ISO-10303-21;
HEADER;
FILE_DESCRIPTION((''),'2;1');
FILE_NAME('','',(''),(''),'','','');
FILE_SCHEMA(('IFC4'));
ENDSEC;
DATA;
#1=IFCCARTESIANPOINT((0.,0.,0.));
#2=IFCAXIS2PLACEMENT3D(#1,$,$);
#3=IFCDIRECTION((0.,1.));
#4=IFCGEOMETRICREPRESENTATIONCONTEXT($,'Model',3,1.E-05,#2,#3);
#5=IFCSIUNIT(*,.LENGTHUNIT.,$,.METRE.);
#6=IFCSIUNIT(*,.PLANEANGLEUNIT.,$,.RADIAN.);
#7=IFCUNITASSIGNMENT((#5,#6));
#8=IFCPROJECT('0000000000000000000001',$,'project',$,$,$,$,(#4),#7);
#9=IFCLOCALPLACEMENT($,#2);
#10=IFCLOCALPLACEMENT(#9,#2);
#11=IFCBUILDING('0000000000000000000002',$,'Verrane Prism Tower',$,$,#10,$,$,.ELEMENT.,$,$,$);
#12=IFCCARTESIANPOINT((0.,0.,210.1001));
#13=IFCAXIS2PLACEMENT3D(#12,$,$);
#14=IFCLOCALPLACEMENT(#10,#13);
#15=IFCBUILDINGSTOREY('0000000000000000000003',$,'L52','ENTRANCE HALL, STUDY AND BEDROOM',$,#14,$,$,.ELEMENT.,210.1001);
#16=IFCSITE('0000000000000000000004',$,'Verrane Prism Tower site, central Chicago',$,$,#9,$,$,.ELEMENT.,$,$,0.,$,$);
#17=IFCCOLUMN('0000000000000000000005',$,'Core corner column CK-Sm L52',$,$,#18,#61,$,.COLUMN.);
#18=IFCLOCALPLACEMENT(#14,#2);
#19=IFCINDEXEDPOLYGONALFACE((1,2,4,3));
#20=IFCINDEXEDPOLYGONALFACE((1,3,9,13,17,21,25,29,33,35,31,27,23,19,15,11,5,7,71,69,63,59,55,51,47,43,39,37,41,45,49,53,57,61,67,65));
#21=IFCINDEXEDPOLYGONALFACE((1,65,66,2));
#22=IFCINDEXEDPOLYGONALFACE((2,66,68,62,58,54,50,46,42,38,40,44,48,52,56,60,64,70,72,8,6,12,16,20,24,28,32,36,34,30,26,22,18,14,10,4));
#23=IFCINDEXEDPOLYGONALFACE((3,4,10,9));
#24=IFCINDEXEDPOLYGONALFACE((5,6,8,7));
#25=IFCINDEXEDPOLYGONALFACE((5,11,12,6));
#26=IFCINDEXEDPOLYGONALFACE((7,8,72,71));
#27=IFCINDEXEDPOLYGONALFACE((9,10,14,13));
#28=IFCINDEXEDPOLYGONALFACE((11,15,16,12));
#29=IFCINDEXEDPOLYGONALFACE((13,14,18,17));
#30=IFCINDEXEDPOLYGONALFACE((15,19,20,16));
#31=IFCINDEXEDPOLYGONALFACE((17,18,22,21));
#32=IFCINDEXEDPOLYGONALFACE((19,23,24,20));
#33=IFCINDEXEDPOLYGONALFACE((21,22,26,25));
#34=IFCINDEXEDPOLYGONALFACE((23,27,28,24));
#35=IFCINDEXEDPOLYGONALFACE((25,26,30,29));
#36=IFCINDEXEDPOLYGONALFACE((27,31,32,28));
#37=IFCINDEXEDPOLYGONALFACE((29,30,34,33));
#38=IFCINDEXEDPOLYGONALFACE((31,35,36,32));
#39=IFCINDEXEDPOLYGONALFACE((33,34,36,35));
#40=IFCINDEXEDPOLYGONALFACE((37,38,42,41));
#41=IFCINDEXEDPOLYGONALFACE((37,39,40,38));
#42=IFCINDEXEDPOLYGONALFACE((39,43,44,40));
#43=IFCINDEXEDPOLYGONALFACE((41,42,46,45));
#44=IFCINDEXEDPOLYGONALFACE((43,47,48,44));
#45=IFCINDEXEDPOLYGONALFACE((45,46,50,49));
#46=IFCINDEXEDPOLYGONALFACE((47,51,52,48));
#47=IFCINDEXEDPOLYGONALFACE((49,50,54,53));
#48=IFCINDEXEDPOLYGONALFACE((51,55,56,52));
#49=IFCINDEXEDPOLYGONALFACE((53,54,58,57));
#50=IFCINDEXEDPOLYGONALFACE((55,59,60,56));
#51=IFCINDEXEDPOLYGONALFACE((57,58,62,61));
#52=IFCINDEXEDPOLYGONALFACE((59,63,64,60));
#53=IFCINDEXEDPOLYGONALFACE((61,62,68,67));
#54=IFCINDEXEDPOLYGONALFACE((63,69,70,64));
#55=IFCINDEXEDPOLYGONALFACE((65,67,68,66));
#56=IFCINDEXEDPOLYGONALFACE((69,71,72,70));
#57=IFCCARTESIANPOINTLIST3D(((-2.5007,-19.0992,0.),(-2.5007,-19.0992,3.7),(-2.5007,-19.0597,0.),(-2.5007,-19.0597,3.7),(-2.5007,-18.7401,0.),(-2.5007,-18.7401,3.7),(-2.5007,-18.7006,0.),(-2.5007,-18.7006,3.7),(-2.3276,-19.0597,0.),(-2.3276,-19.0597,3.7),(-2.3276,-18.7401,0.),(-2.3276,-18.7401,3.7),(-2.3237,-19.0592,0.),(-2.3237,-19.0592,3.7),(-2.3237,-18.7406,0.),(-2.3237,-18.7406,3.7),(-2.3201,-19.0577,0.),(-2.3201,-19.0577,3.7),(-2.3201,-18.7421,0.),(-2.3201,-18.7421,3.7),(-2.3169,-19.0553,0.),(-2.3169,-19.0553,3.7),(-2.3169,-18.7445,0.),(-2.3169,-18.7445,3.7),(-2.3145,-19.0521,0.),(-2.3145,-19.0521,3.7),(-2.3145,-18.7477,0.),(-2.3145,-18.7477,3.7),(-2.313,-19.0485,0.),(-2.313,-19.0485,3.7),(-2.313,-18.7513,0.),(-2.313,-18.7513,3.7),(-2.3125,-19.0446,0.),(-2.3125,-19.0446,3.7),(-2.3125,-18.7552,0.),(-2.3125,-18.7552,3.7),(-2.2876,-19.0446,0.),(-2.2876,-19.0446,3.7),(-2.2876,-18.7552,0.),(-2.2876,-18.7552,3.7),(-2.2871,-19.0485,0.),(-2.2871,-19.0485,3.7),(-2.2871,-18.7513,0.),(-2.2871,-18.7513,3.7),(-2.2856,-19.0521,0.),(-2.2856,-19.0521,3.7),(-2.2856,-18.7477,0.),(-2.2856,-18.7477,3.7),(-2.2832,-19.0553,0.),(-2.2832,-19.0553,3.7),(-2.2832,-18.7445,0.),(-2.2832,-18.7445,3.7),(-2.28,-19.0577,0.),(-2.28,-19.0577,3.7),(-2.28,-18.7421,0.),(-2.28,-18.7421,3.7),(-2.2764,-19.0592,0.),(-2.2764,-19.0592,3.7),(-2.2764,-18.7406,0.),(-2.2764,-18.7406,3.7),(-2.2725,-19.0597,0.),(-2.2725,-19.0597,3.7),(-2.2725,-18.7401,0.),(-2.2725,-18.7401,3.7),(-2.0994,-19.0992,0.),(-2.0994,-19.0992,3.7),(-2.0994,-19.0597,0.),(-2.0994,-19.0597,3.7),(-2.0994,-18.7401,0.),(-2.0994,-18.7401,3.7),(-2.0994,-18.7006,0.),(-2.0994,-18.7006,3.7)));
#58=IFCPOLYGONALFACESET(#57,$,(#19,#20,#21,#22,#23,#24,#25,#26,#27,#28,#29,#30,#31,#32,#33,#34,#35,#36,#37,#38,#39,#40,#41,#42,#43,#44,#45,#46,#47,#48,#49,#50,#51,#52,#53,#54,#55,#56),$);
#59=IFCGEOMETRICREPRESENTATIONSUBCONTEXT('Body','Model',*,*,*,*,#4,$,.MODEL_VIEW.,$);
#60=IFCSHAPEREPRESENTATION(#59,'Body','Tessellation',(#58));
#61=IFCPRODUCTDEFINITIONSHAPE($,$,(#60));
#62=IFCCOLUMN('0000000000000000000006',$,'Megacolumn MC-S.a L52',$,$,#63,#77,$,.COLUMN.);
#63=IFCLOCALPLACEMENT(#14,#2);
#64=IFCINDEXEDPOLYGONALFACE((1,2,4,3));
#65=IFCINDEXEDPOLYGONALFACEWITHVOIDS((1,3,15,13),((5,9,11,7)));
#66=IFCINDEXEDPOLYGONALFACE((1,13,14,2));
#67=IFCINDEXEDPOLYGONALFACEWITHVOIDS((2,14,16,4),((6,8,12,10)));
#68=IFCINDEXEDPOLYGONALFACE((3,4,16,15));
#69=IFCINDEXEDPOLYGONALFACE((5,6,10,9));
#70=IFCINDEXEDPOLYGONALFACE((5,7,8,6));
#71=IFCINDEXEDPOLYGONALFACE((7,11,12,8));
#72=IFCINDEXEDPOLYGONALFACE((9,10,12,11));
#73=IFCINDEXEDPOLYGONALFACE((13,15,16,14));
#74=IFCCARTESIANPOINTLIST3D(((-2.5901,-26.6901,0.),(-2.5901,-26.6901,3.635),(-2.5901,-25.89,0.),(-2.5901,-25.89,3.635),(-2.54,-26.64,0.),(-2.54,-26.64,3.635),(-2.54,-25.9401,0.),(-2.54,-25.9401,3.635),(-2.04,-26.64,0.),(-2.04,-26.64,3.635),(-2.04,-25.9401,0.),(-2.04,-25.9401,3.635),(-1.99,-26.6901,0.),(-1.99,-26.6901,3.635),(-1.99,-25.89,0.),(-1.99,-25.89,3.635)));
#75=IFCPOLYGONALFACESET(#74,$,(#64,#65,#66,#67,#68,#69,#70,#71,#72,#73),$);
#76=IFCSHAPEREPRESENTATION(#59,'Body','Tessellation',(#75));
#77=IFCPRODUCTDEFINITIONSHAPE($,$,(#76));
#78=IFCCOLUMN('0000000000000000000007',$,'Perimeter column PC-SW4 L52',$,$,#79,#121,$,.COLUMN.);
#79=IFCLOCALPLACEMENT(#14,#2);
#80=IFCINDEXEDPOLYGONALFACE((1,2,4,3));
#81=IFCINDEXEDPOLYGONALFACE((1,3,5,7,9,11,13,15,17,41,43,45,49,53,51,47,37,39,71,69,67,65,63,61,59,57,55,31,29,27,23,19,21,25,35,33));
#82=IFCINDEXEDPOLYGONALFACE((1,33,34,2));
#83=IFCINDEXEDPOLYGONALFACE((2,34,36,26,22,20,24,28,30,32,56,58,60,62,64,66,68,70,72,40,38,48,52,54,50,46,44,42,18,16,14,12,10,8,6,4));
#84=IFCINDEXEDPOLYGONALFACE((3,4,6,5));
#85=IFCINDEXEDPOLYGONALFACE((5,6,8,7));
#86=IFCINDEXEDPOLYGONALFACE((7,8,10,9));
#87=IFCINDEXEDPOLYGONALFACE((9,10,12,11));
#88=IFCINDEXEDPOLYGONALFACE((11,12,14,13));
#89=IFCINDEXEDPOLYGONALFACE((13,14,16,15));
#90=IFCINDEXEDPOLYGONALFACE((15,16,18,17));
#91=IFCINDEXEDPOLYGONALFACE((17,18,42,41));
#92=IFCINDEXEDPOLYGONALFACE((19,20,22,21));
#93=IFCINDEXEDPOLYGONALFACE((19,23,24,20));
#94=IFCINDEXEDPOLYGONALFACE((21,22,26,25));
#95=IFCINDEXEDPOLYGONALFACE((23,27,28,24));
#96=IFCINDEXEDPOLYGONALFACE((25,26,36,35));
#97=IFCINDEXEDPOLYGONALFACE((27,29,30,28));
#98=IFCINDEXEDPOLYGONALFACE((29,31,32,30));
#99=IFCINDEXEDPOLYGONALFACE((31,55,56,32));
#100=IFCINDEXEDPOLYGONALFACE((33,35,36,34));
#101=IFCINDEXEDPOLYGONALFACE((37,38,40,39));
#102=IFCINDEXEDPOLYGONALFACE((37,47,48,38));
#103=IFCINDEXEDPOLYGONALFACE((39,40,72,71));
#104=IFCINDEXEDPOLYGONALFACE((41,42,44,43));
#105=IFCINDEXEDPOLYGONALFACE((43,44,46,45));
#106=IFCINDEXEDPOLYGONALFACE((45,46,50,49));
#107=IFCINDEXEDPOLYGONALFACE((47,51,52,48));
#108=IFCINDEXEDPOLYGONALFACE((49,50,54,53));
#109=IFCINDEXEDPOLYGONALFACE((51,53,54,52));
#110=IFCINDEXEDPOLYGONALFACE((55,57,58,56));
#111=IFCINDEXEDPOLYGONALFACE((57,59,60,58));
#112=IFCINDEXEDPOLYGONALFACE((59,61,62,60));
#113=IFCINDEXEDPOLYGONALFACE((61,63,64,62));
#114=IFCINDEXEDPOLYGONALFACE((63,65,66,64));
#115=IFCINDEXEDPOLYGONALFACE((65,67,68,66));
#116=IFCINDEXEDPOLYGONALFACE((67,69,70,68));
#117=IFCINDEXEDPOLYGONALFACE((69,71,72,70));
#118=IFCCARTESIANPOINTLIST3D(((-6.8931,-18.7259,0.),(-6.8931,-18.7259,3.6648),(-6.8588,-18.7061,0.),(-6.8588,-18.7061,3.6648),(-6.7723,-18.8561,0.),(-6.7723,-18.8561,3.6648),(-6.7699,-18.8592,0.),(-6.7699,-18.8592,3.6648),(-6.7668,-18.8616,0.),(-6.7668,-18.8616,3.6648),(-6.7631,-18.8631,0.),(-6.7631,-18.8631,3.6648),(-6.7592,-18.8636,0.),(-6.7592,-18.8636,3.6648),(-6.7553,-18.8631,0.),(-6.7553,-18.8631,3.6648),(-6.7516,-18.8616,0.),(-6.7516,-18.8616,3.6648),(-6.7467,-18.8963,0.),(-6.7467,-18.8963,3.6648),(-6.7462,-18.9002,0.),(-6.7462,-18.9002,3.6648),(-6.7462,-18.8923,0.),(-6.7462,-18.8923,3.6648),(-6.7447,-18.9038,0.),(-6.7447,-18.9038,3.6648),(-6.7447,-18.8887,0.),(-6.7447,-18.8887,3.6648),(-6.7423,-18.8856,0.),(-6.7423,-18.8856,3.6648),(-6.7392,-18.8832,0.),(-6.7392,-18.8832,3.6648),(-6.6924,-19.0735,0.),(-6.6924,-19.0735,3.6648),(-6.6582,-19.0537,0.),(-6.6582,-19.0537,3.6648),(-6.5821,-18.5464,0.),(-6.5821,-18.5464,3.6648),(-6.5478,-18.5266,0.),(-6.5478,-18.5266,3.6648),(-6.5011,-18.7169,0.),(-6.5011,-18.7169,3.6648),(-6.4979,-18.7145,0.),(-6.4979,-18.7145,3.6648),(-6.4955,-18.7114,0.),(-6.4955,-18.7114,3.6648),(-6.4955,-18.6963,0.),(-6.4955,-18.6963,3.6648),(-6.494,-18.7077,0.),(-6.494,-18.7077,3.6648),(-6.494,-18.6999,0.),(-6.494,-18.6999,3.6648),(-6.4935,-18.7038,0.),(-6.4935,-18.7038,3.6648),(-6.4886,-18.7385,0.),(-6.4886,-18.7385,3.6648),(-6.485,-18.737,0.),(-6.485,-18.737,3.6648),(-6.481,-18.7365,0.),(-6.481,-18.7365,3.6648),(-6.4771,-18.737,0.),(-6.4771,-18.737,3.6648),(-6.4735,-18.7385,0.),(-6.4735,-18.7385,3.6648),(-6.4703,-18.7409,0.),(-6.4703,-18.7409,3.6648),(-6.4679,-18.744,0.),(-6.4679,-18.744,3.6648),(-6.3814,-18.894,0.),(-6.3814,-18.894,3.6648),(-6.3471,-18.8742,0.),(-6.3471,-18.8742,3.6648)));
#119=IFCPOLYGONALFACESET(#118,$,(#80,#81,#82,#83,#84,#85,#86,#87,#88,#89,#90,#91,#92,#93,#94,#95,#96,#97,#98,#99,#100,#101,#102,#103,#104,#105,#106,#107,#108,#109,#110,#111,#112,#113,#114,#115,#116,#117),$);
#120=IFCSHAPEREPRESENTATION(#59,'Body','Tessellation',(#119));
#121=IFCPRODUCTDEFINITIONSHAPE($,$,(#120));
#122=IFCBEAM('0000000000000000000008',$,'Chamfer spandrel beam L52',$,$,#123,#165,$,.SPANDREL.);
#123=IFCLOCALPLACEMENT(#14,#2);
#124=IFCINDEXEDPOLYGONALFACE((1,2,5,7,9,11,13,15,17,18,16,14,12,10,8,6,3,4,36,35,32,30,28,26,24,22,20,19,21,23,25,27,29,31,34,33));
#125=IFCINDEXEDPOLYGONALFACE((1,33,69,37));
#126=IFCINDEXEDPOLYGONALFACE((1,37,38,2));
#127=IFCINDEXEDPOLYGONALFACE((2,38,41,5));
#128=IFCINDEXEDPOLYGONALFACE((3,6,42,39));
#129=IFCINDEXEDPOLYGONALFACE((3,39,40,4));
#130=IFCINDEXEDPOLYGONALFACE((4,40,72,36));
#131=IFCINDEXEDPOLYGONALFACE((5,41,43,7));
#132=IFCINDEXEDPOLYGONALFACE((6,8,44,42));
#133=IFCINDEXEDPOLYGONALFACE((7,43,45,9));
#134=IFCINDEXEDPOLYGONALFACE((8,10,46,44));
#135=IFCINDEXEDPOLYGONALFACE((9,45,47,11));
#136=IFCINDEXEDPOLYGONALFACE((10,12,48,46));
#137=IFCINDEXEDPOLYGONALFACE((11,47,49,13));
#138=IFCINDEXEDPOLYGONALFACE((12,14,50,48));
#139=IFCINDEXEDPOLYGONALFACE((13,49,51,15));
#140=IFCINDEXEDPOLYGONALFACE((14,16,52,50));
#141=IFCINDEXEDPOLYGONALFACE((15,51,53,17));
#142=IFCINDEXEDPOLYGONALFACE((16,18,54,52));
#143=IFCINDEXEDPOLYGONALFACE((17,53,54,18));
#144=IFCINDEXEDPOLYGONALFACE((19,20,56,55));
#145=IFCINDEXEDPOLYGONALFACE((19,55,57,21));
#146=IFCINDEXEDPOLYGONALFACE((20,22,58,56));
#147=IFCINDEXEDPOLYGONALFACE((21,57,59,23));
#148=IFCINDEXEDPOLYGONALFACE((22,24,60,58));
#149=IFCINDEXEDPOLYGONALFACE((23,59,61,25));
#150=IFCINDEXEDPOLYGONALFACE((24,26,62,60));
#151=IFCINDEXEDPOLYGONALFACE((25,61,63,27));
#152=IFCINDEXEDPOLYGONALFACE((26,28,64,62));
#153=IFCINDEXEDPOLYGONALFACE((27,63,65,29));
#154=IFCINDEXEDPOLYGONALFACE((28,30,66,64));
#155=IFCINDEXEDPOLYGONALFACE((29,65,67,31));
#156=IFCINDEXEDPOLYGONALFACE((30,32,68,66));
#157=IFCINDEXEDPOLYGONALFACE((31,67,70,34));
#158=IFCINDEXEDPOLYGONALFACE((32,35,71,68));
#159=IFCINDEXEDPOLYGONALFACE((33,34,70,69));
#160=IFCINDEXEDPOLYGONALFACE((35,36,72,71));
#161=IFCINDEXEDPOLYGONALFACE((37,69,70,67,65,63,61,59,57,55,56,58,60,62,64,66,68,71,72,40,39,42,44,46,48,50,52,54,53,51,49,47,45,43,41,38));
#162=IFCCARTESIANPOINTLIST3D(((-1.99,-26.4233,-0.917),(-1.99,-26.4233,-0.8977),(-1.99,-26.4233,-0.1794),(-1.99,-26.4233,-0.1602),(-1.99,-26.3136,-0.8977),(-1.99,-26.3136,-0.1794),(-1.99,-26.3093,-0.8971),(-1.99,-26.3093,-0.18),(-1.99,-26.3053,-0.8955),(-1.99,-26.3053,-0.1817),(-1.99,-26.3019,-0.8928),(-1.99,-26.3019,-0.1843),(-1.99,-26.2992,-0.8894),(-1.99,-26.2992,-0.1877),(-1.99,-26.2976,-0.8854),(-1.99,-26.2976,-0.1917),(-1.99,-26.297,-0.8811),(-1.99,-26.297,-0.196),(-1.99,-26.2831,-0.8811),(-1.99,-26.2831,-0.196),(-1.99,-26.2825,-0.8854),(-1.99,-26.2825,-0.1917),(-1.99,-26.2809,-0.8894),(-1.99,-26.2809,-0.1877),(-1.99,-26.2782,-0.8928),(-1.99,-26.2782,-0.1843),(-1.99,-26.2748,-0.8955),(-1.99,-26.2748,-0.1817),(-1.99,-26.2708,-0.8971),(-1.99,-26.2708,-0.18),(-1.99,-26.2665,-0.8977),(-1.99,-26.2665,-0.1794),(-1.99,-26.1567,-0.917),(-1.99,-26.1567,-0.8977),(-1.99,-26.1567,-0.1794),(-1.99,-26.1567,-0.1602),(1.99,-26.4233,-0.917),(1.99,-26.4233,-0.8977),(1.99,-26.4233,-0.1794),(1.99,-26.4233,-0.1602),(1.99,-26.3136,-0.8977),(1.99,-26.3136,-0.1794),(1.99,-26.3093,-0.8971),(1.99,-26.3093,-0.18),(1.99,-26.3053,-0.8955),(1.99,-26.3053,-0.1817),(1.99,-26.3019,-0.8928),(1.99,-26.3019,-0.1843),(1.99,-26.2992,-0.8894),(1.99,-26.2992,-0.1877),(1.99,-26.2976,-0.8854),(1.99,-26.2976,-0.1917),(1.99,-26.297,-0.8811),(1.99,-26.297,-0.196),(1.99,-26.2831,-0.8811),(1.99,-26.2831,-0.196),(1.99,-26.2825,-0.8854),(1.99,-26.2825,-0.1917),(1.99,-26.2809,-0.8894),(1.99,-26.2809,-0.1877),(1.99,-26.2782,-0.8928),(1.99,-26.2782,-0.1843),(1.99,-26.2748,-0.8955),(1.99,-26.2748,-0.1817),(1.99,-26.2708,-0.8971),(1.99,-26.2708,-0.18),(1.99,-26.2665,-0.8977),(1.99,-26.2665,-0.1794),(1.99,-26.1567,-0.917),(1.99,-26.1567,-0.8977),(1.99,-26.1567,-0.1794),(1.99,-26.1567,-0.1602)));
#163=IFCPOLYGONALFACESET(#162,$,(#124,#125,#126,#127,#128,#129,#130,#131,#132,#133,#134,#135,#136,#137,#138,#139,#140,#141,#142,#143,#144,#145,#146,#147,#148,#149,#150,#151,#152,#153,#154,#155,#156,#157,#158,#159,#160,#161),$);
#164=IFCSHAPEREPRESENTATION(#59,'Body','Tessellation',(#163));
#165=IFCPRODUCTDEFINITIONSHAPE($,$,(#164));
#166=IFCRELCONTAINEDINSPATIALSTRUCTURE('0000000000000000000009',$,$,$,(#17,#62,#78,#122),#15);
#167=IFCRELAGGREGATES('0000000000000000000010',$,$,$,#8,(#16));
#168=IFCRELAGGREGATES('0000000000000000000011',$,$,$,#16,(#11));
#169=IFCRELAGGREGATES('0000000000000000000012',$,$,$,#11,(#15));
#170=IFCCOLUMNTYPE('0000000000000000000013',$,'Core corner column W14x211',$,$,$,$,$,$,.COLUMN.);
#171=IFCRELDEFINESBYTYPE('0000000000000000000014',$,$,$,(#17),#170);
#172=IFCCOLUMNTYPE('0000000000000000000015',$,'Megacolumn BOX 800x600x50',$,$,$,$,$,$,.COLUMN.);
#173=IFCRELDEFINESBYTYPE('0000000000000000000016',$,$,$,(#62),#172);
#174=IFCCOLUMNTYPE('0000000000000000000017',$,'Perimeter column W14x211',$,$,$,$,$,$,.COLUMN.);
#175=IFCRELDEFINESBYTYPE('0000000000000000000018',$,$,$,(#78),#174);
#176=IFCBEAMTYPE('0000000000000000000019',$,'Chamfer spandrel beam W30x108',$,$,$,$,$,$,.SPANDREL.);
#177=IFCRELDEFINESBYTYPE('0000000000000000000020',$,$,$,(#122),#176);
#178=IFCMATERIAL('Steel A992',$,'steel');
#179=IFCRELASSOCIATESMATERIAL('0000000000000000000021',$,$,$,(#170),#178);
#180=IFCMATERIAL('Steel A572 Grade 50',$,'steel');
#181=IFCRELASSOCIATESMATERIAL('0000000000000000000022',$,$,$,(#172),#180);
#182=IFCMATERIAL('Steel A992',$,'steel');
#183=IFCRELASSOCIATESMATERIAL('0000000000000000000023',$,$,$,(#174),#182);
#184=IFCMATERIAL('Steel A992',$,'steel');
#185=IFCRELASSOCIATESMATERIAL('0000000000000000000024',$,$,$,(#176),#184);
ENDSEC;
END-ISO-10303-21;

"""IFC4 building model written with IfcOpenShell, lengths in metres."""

from ifc_helpers import new_model, si_unit, direction, frame, origin, origin_2d, place, context, subcontext, project, spatial, hollow_rectangle, i_section, extrude, material, material_profile, profile_set, type_object, element, save


model = new_model("IFC4")

# Units and contexts
model_context = context("Model", 3, precision=1e-05, world=origin(), true_north=direction((0.0, 1.0)))
body_context = subcontext(model_context, "Body", "Model", "MODEL_VIEW")
ifc_project = project(units=[si_unit("LENGTHUNIT", "METRE"), si_unit("PLANEANGLEUNIT", "RADIAN")], contexts=[model_context])

# Site, building, storey
site_placement = place(None, origin())
site = spatial("IfcSite", under=ifc_project, at=site_placement, Name="Verrane Prism Tower site, central Chicago", CompositionType="ELEMENT", RefElevation=0.0)
building_placement = place(site_placement, origin())
building = spatial("IfcBuilding", under=site, at=building_placement, Name="Verrane Prism Tower", CompositionType="ELEMENT")
storey_placement = place(building_placement, frame((0.0, 0.0, 210.1001)))
storey = spatial("IfcBuildingStorey", under=building, at=storey_placement, Name="L52", Description="ENTRANCE HALL, STUDY AND BEDROOM", CompositionType="ELEMENT", Elevation=210.1001)

# Columns
ifc_material_1 = material(Name="Steel A992", Category="steel")
ifc_material_profile_1 = material_profile(ifc_material_1, i_section(OverallWidth=0.4014, OverallDepth=0.3987, WebThickness=0.0249, FlangeThickness=0.0396, FilletRadius=0.0151, at=origin_2d()), Name="W14x211")
ifc_profile_set_1 = profile_set([ifc_material_profile_1], Name="Steel A992")
column_type_1 = type_object("IfcColumnType", Name="Core corner column W14x211", PredefinedType="COLUMN", material=ifc_profile_set_1)
column_1_placement = place(storey_placement, frame((-2.3, -18.8999, 0.0), z_axis=(0.0, 0.0, 1.0), x_axis=(-1.0, 0.0, 0.0)))
element("IfcColumn", 1, at=column_1_placement, inside=storey, type_object=column_type_1, Name="Core corner column CK-Sm L52", PredefinedType="COLUMN", context=body_context, shape_type="SweptSolid", body=[
    extrude(i_section(OverallWidth=0.4014, OverallDepth=0.3987, WebThickness=0.0249, FlangeThickness=0.0396, FilletRadius=0.0151, at=origin_2d()), origin(), (0.0, 0.0, 1.0), 3.7),
])
ifc_material_2 = material(Name="Steel A572 Grade 50", Category="steel")
ifc_material_profile_2 = material_profile(ifc_material_2, hollow_rectangle(XDim=0.6001, YDim=0.8, WallThickness=0.05, at=origin_2d()), Name="BOX 800x600x50")
ifc_profile_set_2 = profile_set([ifc_material_profile_2], Name="Steel A572 Grade 50")
column_type_2 = type_object("IfcColumnType", Name="Megacolumn BOX 800x600x50", PredefinedType="COLUMN", material=ifc_profile_set_2)
column_2_placement = place(storey_placement, frame((-2.29, -26.29, 0.0), z_axis=(0.0, 0.0, 1.0), x_axis=(-1.0, 0.0, 0.0)))
element("IfcColumn", 2, at=column_2_placement, inside=storey, type_object=column_type_2, Name="Megacolumn MC-S.a L52", PredefinedType="COLUMN", context=body_context, shape_type="SweptSolid", body=[
    extrude(hollow_rectangle(XDim=0.6001, YDim=0.8, WallThickness=0.05, at=origin_2d()), origin(), (0.0, 0.0, 1.0), 3.635),
])
ifc_material_3 = material(Name="Steel A992", Category="steel")
ifc_material_profile_3 = material_profile(ifc_material_3, i_section(OverallWidth=0.4014, OverallDepth=0.3987, WebThickness=0.0249, FlangeThickness=0.0396, FilletRadius=0.0151, at=origin_2d()), Name="W14x211")
ifc_profile_set_3 = profile_set([ifc_material_profile_3], Name="Steel A992")
column_type_3 = type_object("IfcColumnType", Name="Perimeter column W14x211", PredefinedType="COLUMN", material=ifc_profile_set_3)
column_3_placement = place(storey_placement, frame((-6.6201, -18.8, 0.0), z_axis=(0.0, 0.0, 1.0), x_axis=(-0.5, 0.866025, 0.0)))
element("IfcColumn", 3, at=column_3_placement, inside=storey, type_object=column_type_3, Name="Perimeter column PC-SW4 L52", PredefinedType="COLUMN", context=body_context, shape_type="SweptSolid", body=[
    extrude(i_section(OverallWidth=0.4014, OverallDepth=0.3987, WebThickness=0.0249, FlangeThickness=0.0396, FilletRadius=0.0151, at=origin_2d()), origin(), (0.0, 0.0, 1.0), 3.6648),
])

# Beam
ifc_material_4 = material(Name="Steel A992", Category="steel")
ifc_material_profile_4 = material_profile(ifc_material_4, i_section(OverallWidth=0.2666, OverallDepth=0.7568, WebThickness=0.0139, FlangeThickness=0.0193, FilletRadius=0.0166, at=origin_2d()), Name="W30x108")
ifc_profile_set_4 = profile_set([ifc_material_profile_4], Name="Steel A992")
beam_type_1 = type_object("IfcBeamType", Name="Chamfer spandrel beam W30x108", PredefinedType="SPANDREL", material=ifc_profile_set_4)
beam_1_placement = place(storey_placement, frame((-1.99, -26.29, -0.5386), z_axis=(1.0, 0.0, 0.0), x_axis=(0.0, 1.0, 0.0)))
element("IfcBeam", 4, at=beam_1_placement, inside=storey, type_object=beam_type_1, Name="Chamfer spandrel beam L52", PredefinedType="SPANDREL", context=body_context, shape_type="SweptSolid", body=[
    extrude(i_section(OverallWidth=0.2666, OverallDepth=0.7568, WebThickness=0.0139, FlangeThickness=0.0193, FilletRadius=0.0166, at=origin_2d()), origin(), (0.0, 0.0, 1.0), 3.98),
])

save(model, "model.ifc")
